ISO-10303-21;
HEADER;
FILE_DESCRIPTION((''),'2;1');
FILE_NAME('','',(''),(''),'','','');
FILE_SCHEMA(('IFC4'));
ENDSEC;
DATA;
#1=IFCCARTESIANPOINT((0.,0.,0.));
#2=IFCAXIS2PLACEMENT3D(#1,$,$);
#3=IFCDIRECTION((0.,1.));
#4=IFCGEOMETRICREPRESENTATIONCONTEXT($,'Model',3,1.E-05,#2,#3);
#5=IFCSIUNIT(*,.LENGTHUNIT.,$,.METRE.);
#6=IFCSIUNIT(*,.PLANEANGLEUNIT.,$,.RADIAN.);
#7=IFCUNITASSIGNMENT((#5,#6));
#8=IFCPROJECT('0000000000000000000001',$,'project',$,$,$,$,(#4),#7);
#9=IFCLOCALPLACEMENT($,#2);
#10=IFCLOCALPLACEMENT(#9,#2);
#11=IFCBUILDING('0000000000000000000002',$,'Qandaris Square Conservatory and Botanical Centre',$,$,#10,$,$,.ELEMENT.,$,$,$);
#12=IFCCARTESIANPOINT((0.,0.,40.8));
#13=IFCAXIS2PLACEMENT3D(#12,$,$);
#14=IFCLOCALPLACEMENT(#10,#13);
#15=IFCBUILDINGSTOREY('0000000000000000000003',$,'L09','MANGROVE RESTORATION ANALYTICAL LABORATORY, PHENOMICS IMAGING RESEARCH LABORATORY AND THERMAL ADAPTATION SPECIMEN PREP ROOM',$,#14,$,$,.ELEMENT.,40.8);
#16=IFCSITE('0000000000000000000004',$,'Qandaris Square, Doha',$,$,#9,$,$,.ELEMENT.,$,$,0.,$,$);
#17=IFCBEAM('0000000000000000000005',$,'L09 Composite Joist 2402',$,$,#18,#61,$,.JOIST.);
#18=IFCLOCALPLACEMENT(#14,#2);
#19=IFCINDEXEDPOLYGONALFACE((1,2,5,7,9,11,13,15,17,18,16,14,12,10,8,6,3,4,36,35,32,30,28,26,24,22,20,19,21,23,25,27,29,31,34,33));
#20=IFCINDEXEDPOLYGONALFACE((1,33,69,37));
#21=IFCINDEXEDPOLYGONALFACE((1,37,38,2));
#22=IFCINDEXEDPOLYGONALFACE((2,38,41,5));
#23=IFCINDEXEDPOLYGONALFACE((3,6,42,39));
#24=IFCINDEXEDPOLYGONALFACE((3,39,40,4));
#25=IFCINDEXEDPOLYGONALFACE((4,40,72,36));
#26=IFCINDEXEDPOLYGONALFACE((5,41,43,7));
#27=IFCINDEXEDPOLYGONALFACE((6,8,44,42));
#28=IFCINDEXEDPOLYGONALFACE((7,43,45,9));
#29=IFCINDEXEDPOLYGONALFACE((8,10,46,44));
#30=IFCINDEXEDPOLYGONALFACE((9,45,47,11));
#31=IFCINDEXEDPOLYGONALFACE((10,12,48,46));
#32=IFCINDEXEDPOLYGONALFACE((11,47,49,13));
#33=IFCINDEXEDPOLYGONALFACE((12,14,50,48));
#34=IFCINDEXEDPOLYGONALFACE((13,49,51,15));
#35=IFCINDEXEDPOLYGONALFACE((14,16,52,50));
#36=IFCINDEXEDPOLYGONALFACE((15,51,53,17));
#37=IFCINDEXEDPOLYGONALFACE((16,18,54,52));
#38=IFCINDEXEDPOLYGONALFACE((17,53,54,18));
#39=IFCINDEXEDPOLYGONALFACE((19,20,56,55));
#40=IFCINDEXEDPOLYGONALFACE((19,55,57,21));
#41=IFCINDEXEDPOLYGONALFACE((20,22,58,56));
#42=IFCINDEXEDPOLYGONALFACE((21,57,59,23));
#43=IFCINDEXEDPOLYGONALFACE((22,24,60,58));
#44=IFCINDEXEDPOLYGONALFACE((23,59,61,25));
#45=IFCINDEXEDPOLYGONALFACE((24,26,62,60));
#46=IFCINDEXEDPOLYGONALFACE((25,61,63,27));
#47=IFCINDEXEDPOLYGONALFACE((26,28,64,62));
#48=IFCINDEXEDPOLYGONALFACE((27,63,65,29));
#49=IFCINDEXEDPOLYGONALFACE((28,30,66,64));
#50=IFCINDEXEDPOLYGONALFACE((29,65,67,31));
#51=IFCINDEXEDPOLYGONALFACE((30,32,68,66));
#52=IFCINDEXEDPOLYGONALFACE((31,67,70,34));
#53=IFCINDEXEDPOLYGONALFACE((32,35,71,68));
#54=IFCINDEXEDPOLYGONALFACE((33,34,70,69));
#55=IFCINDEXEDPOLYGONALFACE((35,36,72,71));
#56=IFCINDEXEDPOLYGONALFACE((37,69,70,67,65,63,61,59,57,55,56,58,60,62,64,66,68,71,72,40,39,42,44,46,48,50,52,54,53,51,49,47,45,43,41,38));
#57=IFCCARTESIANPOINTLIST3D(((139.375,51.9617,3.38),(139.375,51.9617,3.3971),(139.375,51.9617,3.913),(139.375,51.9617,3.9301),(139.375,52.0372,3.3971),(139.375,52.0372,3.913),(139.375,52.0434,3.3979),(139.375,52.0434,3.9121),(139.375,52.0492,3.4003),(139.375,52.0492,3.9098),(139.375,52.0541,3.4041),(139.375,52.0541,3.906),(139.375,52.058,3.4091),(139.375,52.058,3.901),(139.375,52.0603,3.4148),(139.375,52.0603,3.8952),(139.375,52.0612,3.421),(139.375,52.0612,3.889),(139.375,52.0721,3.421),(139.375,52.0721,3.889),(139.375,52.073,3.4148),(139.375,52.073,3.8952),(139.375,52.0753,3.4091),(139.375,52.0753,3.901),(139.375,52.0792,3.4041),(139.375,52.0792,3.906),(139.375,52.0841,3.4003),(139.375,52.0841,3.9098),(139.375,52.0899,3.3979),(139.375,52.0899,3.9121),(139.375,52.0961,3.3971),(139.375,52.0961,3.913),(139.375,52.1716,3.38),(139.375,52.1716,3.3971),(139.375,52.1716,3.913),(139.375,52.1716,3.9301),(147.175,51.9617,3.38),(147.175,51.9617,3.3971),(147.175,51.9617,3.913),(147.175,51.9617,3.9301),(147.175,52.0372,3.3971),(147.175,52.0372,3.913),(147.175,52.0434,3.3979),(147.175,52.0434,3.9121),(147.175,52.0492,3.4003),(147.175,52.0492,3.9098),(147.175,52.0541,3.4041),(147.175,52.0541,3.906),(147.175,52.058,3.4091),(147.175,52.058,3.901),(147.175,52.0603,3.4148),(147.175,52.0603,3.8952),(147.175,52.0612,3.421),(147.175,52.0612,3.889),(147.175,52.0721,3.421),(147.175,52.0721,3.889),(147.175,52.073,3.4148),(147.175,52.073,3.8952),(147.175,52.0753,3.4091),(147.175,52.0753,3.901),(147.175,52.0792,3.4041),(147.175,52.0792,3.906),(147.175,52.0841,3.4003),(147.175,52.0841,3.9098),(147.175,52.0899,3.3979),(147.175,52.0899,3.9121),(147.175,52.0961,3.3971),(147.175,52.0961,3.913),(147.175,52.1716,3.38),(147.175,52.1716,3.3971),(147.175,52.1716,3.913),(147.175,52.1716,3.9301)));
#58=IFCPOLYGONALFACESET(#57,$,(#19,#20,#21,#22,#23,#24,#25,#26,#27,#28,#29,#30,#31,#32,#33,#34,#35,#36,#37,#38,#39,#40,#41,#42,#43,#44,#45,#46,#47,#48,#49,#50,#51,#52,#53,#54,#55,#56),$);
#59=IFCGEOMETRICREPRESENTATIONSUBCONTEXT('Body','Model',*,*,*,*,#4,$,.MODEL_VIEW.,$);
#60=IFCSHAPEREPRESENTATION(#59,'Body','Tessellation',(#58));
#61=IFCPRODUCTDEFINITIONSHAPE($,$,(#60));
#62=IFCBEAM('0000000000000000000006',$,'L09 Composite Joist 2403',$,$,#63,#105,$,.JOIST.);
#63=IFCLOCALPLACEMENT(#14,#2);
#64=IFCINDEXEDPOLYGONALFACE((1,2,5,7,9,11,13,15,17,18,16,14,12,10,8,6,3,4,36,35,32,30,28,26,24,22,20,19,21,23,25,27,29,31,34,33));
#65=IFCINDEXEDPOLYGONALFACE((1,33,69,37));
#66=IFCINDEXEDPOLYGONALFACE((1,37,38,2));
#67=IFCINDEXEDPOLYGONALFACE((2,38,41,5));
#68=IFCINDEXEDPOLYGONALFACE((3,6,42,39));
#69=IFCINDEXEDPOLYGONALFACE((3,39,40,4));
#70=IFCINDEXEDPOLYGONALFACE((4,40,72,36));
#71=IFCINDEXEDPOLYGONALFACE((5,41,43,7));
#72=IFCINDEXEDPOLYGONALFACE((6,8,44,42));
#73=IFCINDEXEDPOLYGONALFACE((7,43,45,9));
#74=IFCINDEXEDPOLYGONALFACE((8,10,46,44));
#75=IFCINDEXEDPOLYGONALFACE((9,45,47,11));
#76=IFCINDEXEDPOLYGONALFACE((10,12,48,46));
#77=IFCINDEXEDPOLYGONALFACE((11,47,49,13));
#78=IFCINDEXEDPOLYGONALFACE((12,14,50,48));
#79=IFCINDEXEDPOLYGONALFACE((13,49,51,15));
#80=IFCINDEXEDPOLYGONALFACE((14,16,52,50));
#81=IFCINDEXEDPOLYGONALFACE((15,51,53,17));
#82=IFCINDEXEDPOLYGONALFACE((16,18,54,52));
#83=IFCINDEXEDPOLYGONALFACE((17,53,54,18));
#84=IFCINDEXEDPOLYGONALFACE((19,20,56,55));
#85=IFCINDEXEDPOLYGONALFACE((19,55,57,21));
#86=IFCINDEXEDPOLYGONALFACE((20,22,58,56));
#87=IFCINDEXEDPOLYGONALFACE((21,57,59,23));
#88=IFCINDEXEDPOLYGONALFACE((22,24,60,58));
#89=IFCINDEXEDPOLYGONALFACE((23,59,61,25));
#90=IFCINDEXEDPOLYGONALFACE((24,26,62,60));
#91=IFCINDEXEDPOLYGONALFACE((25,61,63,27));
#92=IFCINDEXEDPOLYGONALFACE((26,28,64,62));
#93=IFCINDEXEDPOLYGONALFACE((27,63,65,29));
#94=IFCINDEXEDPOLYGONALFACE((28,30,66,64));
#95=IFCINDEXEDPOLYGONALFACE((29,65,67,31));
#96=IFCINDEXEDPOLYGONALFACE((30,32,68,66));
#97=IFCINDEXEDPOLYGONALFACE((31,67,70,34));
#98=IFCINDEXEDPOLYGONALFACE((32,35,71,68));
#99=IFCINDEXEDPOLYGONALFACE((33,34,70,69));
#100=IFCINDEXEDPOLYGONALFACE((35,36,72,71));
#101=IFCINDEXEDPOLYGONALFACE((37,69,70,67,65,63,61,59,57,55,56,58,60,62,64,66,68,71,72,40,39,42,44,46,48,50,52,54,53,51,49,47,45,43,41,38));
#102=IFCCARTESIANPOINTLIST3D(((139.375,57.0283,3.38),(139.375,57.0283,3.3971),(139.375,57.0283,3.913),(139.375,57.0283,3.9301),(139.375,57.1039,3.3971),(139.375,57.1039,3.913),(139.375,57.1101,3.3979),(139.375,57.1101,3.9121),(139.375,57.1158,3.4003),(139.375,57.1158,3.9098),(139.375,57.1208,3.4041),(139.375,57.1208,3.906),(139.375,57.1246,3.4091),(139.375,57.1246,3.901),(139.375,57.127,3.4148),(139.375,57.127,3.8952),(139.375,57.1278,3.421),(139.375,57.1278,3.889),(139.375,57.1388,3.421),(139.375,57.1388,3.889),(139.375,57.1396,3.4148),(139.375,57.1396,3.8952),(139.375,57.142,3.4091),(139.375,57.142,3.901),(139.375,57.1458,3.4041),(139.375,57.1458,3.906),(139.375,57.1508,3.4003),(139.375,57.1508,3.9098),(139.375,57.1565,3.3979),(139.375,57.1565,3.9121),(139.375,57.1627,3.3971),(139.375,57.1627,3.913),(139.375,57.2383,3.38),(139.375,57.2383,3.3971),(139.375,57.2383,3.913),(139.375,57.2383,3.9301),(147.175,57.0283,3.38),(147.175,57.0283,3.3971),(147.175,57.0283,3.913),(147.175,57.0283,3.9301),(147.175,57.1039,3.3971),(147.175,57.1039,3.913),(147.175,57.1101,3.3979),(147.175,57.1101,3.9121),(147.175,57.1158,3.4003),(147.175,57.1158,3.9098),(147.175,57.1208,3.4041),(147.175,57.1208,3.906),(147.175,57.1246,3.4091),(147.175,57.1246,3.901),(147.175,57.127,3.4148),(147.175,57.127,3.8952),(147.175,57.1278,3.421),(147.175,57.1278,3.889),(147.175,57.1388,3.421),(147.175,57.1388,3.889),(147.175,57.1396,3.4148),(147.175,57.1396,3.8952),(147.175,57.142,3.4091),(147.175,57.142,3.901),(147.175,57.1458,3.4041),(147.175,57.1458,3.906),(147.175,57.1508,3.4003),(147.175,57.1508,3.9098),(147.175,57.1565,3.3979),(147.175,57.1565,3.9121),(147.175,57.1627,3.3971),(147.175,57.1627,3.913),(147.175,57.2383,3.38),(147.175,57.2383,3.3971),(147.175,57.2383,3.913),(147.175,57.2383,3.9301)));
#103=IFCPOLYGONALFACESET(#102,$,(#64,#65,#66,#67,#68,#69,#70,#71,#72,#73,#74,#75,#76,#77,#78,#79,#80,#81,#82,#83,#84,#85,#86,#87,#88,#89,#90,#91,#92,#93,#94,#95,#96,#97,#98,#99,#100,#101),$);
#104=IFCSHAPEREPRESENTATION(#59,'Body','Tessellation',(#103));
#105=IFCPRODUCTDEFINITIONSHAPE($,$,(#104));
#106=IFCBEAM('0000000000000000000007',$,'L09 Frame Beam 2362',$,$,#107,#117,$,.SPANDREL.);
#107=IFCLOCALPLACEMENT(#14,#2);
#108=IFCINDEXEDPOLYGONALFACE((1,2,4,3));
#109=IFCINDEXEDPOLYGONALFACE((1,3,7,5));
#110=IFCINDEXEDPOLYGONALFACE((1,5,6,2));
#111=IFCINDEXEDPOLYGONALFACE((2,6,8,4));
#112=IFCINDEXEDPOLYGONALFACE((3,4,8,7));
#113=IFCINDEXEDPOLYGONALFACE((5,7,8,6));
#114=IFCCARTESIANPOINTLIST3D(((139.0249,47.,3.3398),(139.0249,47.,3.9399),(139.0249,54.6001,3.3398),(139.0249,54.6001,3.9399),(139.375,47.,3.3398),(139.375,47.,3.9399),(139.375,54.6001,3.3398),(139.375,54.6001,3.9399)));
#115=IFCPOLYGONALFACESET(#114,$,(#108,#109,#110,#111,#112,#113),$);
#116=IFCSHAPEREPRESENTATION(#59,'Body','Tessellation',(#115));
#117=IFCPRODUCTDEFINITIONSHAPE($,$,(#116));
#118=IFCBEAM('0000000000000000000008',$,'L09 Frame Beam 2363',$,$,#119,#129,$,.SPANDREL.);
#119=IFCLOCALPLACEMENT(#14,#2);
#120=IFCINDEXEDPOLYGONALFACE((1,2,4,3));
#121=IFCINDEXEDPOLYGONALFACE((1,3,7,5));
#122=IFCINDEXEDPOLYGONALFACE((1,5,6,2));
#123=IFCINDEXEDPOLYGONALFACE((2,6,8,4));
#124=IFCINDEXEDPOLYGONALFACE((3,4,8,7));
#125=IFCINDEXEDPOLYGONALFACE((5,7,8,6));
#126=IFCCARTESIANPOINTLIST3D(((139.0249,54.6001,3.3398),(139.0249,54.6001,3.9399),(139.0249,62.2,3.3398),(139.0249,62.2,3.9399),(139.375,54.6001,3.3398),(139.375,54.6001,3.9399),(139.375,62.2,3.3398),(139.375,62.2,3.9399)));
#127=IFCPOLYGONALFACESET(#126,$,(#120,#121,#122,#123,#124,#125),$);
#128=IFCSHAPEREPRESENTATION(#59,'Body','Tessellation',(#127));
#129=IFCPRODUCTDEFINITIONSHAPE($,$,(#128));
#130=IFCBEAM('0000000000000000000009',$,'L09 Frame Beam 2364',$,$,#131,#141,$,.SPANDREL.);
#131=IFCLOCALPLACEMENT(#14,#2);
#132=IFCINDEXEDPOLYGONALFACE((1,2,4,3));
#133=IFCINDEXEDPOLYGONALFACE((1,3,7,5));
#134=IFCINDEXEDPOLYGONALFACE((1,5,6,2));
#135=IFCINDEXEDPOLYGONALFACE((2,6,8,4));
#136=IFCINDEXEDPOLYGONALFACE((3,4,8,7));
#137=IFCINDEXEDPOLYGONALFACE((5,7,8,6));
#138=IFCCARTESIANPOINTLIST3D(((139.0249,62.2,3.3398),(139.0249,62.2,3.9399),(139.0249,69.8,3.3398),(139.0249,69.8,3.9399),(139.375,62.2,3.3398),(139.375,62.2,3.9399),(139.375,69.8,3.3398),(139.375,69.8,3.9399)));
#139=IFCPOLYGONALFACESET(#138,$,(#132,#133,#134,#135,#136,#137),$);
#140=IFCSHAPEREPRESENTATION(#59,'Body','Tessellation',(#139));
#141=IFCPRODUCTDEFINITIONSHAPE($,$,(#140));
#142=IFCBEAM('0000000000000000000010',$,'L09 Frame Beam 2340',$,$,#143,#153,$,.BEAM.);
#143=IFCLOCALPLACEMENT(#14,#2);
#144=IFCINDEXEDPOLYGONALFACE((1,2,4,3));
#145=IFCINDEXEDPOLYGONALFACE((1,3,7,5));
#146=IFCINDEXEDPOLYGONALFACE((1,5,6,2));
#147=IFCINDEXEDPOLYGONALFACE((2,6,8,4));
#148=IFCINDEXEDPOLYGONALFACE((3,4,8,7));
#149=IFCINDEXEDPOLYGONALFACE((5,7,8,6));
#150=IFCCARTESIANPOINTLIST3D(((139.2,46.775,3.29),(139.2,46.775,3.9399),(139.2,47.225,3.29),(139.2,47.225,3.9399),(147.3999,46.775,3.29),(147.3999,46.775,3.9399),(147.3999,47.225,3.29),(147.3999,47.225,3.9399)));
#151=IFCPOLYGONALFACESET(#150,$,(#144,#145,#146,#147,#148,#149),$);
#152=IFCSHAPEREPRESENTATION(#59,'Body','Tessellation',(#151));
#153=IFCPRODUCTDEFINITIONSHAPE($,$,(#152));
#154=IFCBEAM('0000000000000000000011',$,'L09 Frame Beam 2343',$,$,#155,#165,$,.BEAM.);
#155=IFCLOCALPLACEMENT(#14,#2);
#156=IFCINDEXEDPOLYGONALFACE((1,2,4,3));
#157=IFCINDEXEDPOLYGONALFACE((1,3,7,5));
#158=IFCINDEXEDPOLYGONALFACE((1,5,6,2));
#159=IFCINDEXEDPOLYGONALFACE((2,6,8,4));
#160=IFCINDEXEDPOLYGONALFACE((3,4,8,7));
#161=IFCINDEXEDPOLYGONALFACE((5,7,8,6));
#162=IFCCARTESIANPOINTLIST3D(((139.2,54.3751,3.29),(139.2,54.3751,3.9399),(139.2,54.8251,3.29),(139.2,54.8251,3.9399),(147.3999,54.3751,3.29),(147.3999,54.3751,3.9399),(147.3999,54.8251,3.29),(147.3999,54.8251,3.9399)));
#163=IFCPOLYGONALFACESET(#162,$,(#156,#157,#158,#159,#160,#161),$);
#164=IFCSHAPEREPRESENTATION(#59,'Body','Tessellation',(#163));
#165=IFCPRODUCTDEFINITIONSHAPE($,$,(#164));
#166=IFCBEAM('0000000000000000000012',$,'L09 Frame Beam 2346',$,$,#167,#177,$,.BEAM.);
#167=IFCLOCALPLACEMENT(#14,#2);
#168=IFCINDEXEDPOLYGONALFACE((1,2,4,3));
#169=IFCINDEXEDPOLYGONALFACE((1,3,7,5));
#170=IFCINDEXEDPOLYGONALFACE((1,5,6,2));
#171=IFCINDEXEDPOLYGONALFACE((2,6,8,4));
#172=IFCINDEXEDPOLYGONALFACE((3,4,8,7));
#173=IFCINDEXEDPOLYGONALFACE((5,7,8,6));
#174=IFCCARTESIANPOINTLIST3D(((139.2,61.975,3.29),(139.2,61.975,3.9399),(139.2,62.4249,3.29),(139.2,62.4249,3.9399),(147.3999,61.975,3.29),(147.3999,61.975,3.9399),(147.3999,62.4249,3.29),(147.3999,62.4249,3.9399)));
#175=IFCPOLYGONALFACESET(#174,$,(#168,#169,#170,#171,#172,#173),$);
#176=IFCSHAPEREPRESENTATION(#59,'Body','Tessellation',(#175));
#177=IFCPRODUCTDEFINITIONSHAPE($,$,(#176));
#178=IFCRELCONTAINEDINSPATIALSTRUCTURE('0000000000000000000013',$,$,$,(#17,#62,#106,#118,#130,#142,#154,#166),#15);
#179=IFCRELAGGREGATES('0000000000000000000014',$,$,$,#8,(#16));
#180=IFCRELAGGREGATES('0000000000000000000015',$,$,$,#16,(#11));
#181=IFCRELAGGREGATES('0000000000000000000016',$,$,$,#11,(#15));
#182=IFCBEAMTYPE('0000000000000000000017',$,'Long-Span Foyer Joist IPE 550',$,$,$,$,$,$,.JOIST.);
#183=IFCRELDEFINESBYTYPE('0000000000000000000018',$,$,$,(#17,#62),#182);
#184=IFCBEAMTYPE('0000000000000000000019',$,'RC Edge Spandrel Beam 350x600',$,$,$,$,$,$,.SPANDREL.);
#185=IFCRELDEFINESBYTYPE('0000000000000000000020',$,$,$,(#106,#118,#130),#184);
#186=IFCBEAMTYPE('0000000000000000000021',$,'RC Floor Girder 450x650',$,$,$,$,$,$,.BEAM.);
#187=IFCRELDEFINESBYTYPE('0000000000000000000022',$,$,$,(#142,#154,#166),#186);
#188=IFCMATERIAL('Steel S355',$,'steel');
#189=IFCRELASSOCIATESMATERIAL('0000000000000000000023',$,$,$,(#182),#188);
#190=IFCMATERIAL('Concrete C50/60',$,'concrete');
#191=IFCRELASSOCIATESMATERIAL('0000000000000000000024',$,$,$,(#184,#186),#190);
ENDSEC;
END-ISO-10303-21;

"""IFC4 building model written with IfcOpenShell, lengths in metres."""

from ifc_helpers import new_model, si_unit, direction, frame, origin, origin_2d, place, context, subcontext, project, spatial, rectangle, i_section, extrude, material, material_profile, profile_set, type_object, element, save


model = new_model("IFC4")

# Units and contexts
model_context = context("Model", 3, precision=1e-05, world=origin(), true_north=direction((0.0, 1.0)))
body_context = subcontext(model_context, "Body", "Model", "MODEL_VIEW")
ifc_project = project(units=[si_unit("LENGTHUNIT", "METRE"), si_unit("PLANEANGLEUNIT", "RADIAN")], contexts=[model_context])

# Site, building, storey
site_placement = place(None, origin())
site = spatial("IfcSite", under=ifc_project, at=site_placement, Name="Qandaris Square, Doha", CompositionType="ELEMENT", RefElevation=0.0)
building_placement = place(site_placement, origin())
building = spatial("IfcBuilding", under=site, at=building_placement, Name="Qandaris Square Conservatory and Botanical Centre", CompositionType="ELEMENT")
storey_placement = place(building_placement, frame((0.0, 0.0, 40.8)))
storey = spatial("IfcBuildingStorey", under=building, at=storey_placement, Name="L09", Description="MANGROVE RESTORATION ANALYTICAL LABORATORY, PHENOMICS IMAGING RESEARCH LABORATORY AND THERMAL ADAPTATION SPECIMEN PREP ROOM", CompositionType="ELEMENT", Elevation=40.8)

# Shared definitions
ifc_material_1 = material(Name="Steel S355", Category="steel")

# Beams
ifc_material_profile_1 = material_profile(ifc_material_1, i_section(OverallWidth=0.21, OverallDepth=0.55, WebThickness=0.011, FlangeThickness=0.0171, FilletRadius=0.0239, at=origin_2d()), Name="IPE 550")
ifc_profile_set_1 = profile_set([ifc_material_profile_1], Name="Steel S355")
beam_type_1 = type_object("IfcBeamType", Name="Long-Span Foyer Joist IPE 550", PredefinedType="JOIST", material=ifc_profile_set_1)
for number, where, z_axis, x_axis, name in (
    (1, (139.375, 52.0667, 3.655), (1.0, 0.0, 0.0), (0.0, 1.0, 0.0), "L09 Composite Joist 2402"),
    (2, (139.375, 57.1333, 3.655), (1.0, 0.0, 0.0), (0.0, 1.0, 0.0), "L09 Composite Joist 2403"),
):
    element("IfcBeam", number, at=place(storey_placement, frame(where, z_axis=z_axis, x_axis=x_axis)), inside=storey, type_object=beam_type_1, Name=name, PredefinedType="JOIST", context=body_context, shape_type="SweptSolid", body=[
        extrude(i_section(OverallWidth=0.21, OverallDepth=0.55, WebThickness=0.011, FlangeThickness=0.0171, FilletRadius=0.0239, at=origin_2d()), origin(), (0.0, 0.0, 1.0), 7.8),
    ])
ifc_material_2 = material(Name="Concrete C50/60", Category="concrete")
ifc_material_profile_2 = material_profile(ifc_material_2, rectangle(XDim=0.3501, YDim=0.6001, at=origin_2d()), Name="RC-SP 350x600")
ifc_profile_set_2 = profile_set([ifc_material_profile_2], Name="Concrete C50/60")
beam_type_2 = type_object("IfcBeamType", Name="RC Edge Spandrel Beam 350x600", PredefinedType="SPANDREL", material=ifc_profile_set_2)
beam_1_placement = place(storey_placement, frame((139.2, 47.0, 3.6399), z_axis=(0.0, 1.0, 0.0), x_axis=(-1.0, 0.0, 0.0)))
element("IfcBeam", 3, at=beam_1_placement, inside=storey, type_object=beam_type_2, Name="L09 Frame Beam 2362", PredefinedType="SPANDREL", context=body_context, shape_type="SweptSolid", body=[
    extrude(rectangle(XDim=0.3501, YDim=0.6001, at=origin_2d()), origin(), (0.0, 0.0, 1.0), 7.6001),
])
beam_2_placement = place(storey_placement, frame((139.2, 54.6001, 3.6399), z_axis=(0.0, 1.0, 0.0), x_axis=(-1.0, 0.0, 0.0)))
element("IfcBeam", 4, at=beam_2_placement, inside=storey, type_object=beam_type_2, Name="L09 Frame Beam 2363", PredefinedType="SPANDREL", context=body_context, shape_type="SweptSolid", body=[
    extrude(rectangle(XDim=0.3501, YDim=0.6001, at=origin_2d()), origin(), (0.0, 0.0, 1.0), 7.5999),
])
beam_3_placement = place(storey_placement, frame((139.2, 62.2, 3.6399), z_axis=(0.0, 1.0, 0.0), x_axis=(-1.0, 0.0, 0.0)))
element("IfcBeam", 5, at=beam_3_placement, inside=storey, type_object=beam_type_2, Name="L09 Frame Beam 2364", PredefinedType="SPANDREL", context=body_context, shape_type="SweptSolid", body=[
    extrude(rectangle(XDim=0.3501, YDim=0.6001, at=origin_2d()), origin(), (0.0, 0.0, 1.0), 7.6001),
])
ifc_material_profile_3 = material_profile(ifc_material_2, rectangle(XDim=0.45, YDim=0.6499, at=origin_2d()), Name="RC-BM 450x650")
ifc_profile_set_3 = profile_set([ifc_material_profile_3], Name="Concrete C50/60")
beam_type_3 = type_object("IfcBeamType", Name="RC Floor Girder 450x650", PredefinedType="BEAM", material=ifc_profile_set_3)
for number, where, z_axis, x_axis, name in (
    (6, (139.2, 47.0, 3.615), (1.0, 0.0, 0.0), (0.0, 1.0, 0.0), "L09 Frame Beam 2340"),
    (7, (139.2, 54.6001, 3.615), (1.0, 0.0, 0.0), (0.0, 1.0, 0.0), "L09 Frame Beam 2343"),
    (8, (139.2, 62.2, 3.615), (1.0, 0.0, 0.0), (0.0, 1.0, 0.0), "L09 Frame Beam 2346"),
):
    element("IfcBeam", number, at=place(storey_placement, frame(where, z_axis=z_axis, x_axis=x_axis)), inside=storey, type_object=beam_type_3, Name=name, PredefinedType="BEAM", context=body_context, shape_type="SweptSolid", body=[
        extrude(rectangle(XDim=0.45, YDim=0.6499, at=origin_2d()), origin(), (0.0, 0.0, 1.0), 8.2),
    ])

save(model, "model.ifc")
